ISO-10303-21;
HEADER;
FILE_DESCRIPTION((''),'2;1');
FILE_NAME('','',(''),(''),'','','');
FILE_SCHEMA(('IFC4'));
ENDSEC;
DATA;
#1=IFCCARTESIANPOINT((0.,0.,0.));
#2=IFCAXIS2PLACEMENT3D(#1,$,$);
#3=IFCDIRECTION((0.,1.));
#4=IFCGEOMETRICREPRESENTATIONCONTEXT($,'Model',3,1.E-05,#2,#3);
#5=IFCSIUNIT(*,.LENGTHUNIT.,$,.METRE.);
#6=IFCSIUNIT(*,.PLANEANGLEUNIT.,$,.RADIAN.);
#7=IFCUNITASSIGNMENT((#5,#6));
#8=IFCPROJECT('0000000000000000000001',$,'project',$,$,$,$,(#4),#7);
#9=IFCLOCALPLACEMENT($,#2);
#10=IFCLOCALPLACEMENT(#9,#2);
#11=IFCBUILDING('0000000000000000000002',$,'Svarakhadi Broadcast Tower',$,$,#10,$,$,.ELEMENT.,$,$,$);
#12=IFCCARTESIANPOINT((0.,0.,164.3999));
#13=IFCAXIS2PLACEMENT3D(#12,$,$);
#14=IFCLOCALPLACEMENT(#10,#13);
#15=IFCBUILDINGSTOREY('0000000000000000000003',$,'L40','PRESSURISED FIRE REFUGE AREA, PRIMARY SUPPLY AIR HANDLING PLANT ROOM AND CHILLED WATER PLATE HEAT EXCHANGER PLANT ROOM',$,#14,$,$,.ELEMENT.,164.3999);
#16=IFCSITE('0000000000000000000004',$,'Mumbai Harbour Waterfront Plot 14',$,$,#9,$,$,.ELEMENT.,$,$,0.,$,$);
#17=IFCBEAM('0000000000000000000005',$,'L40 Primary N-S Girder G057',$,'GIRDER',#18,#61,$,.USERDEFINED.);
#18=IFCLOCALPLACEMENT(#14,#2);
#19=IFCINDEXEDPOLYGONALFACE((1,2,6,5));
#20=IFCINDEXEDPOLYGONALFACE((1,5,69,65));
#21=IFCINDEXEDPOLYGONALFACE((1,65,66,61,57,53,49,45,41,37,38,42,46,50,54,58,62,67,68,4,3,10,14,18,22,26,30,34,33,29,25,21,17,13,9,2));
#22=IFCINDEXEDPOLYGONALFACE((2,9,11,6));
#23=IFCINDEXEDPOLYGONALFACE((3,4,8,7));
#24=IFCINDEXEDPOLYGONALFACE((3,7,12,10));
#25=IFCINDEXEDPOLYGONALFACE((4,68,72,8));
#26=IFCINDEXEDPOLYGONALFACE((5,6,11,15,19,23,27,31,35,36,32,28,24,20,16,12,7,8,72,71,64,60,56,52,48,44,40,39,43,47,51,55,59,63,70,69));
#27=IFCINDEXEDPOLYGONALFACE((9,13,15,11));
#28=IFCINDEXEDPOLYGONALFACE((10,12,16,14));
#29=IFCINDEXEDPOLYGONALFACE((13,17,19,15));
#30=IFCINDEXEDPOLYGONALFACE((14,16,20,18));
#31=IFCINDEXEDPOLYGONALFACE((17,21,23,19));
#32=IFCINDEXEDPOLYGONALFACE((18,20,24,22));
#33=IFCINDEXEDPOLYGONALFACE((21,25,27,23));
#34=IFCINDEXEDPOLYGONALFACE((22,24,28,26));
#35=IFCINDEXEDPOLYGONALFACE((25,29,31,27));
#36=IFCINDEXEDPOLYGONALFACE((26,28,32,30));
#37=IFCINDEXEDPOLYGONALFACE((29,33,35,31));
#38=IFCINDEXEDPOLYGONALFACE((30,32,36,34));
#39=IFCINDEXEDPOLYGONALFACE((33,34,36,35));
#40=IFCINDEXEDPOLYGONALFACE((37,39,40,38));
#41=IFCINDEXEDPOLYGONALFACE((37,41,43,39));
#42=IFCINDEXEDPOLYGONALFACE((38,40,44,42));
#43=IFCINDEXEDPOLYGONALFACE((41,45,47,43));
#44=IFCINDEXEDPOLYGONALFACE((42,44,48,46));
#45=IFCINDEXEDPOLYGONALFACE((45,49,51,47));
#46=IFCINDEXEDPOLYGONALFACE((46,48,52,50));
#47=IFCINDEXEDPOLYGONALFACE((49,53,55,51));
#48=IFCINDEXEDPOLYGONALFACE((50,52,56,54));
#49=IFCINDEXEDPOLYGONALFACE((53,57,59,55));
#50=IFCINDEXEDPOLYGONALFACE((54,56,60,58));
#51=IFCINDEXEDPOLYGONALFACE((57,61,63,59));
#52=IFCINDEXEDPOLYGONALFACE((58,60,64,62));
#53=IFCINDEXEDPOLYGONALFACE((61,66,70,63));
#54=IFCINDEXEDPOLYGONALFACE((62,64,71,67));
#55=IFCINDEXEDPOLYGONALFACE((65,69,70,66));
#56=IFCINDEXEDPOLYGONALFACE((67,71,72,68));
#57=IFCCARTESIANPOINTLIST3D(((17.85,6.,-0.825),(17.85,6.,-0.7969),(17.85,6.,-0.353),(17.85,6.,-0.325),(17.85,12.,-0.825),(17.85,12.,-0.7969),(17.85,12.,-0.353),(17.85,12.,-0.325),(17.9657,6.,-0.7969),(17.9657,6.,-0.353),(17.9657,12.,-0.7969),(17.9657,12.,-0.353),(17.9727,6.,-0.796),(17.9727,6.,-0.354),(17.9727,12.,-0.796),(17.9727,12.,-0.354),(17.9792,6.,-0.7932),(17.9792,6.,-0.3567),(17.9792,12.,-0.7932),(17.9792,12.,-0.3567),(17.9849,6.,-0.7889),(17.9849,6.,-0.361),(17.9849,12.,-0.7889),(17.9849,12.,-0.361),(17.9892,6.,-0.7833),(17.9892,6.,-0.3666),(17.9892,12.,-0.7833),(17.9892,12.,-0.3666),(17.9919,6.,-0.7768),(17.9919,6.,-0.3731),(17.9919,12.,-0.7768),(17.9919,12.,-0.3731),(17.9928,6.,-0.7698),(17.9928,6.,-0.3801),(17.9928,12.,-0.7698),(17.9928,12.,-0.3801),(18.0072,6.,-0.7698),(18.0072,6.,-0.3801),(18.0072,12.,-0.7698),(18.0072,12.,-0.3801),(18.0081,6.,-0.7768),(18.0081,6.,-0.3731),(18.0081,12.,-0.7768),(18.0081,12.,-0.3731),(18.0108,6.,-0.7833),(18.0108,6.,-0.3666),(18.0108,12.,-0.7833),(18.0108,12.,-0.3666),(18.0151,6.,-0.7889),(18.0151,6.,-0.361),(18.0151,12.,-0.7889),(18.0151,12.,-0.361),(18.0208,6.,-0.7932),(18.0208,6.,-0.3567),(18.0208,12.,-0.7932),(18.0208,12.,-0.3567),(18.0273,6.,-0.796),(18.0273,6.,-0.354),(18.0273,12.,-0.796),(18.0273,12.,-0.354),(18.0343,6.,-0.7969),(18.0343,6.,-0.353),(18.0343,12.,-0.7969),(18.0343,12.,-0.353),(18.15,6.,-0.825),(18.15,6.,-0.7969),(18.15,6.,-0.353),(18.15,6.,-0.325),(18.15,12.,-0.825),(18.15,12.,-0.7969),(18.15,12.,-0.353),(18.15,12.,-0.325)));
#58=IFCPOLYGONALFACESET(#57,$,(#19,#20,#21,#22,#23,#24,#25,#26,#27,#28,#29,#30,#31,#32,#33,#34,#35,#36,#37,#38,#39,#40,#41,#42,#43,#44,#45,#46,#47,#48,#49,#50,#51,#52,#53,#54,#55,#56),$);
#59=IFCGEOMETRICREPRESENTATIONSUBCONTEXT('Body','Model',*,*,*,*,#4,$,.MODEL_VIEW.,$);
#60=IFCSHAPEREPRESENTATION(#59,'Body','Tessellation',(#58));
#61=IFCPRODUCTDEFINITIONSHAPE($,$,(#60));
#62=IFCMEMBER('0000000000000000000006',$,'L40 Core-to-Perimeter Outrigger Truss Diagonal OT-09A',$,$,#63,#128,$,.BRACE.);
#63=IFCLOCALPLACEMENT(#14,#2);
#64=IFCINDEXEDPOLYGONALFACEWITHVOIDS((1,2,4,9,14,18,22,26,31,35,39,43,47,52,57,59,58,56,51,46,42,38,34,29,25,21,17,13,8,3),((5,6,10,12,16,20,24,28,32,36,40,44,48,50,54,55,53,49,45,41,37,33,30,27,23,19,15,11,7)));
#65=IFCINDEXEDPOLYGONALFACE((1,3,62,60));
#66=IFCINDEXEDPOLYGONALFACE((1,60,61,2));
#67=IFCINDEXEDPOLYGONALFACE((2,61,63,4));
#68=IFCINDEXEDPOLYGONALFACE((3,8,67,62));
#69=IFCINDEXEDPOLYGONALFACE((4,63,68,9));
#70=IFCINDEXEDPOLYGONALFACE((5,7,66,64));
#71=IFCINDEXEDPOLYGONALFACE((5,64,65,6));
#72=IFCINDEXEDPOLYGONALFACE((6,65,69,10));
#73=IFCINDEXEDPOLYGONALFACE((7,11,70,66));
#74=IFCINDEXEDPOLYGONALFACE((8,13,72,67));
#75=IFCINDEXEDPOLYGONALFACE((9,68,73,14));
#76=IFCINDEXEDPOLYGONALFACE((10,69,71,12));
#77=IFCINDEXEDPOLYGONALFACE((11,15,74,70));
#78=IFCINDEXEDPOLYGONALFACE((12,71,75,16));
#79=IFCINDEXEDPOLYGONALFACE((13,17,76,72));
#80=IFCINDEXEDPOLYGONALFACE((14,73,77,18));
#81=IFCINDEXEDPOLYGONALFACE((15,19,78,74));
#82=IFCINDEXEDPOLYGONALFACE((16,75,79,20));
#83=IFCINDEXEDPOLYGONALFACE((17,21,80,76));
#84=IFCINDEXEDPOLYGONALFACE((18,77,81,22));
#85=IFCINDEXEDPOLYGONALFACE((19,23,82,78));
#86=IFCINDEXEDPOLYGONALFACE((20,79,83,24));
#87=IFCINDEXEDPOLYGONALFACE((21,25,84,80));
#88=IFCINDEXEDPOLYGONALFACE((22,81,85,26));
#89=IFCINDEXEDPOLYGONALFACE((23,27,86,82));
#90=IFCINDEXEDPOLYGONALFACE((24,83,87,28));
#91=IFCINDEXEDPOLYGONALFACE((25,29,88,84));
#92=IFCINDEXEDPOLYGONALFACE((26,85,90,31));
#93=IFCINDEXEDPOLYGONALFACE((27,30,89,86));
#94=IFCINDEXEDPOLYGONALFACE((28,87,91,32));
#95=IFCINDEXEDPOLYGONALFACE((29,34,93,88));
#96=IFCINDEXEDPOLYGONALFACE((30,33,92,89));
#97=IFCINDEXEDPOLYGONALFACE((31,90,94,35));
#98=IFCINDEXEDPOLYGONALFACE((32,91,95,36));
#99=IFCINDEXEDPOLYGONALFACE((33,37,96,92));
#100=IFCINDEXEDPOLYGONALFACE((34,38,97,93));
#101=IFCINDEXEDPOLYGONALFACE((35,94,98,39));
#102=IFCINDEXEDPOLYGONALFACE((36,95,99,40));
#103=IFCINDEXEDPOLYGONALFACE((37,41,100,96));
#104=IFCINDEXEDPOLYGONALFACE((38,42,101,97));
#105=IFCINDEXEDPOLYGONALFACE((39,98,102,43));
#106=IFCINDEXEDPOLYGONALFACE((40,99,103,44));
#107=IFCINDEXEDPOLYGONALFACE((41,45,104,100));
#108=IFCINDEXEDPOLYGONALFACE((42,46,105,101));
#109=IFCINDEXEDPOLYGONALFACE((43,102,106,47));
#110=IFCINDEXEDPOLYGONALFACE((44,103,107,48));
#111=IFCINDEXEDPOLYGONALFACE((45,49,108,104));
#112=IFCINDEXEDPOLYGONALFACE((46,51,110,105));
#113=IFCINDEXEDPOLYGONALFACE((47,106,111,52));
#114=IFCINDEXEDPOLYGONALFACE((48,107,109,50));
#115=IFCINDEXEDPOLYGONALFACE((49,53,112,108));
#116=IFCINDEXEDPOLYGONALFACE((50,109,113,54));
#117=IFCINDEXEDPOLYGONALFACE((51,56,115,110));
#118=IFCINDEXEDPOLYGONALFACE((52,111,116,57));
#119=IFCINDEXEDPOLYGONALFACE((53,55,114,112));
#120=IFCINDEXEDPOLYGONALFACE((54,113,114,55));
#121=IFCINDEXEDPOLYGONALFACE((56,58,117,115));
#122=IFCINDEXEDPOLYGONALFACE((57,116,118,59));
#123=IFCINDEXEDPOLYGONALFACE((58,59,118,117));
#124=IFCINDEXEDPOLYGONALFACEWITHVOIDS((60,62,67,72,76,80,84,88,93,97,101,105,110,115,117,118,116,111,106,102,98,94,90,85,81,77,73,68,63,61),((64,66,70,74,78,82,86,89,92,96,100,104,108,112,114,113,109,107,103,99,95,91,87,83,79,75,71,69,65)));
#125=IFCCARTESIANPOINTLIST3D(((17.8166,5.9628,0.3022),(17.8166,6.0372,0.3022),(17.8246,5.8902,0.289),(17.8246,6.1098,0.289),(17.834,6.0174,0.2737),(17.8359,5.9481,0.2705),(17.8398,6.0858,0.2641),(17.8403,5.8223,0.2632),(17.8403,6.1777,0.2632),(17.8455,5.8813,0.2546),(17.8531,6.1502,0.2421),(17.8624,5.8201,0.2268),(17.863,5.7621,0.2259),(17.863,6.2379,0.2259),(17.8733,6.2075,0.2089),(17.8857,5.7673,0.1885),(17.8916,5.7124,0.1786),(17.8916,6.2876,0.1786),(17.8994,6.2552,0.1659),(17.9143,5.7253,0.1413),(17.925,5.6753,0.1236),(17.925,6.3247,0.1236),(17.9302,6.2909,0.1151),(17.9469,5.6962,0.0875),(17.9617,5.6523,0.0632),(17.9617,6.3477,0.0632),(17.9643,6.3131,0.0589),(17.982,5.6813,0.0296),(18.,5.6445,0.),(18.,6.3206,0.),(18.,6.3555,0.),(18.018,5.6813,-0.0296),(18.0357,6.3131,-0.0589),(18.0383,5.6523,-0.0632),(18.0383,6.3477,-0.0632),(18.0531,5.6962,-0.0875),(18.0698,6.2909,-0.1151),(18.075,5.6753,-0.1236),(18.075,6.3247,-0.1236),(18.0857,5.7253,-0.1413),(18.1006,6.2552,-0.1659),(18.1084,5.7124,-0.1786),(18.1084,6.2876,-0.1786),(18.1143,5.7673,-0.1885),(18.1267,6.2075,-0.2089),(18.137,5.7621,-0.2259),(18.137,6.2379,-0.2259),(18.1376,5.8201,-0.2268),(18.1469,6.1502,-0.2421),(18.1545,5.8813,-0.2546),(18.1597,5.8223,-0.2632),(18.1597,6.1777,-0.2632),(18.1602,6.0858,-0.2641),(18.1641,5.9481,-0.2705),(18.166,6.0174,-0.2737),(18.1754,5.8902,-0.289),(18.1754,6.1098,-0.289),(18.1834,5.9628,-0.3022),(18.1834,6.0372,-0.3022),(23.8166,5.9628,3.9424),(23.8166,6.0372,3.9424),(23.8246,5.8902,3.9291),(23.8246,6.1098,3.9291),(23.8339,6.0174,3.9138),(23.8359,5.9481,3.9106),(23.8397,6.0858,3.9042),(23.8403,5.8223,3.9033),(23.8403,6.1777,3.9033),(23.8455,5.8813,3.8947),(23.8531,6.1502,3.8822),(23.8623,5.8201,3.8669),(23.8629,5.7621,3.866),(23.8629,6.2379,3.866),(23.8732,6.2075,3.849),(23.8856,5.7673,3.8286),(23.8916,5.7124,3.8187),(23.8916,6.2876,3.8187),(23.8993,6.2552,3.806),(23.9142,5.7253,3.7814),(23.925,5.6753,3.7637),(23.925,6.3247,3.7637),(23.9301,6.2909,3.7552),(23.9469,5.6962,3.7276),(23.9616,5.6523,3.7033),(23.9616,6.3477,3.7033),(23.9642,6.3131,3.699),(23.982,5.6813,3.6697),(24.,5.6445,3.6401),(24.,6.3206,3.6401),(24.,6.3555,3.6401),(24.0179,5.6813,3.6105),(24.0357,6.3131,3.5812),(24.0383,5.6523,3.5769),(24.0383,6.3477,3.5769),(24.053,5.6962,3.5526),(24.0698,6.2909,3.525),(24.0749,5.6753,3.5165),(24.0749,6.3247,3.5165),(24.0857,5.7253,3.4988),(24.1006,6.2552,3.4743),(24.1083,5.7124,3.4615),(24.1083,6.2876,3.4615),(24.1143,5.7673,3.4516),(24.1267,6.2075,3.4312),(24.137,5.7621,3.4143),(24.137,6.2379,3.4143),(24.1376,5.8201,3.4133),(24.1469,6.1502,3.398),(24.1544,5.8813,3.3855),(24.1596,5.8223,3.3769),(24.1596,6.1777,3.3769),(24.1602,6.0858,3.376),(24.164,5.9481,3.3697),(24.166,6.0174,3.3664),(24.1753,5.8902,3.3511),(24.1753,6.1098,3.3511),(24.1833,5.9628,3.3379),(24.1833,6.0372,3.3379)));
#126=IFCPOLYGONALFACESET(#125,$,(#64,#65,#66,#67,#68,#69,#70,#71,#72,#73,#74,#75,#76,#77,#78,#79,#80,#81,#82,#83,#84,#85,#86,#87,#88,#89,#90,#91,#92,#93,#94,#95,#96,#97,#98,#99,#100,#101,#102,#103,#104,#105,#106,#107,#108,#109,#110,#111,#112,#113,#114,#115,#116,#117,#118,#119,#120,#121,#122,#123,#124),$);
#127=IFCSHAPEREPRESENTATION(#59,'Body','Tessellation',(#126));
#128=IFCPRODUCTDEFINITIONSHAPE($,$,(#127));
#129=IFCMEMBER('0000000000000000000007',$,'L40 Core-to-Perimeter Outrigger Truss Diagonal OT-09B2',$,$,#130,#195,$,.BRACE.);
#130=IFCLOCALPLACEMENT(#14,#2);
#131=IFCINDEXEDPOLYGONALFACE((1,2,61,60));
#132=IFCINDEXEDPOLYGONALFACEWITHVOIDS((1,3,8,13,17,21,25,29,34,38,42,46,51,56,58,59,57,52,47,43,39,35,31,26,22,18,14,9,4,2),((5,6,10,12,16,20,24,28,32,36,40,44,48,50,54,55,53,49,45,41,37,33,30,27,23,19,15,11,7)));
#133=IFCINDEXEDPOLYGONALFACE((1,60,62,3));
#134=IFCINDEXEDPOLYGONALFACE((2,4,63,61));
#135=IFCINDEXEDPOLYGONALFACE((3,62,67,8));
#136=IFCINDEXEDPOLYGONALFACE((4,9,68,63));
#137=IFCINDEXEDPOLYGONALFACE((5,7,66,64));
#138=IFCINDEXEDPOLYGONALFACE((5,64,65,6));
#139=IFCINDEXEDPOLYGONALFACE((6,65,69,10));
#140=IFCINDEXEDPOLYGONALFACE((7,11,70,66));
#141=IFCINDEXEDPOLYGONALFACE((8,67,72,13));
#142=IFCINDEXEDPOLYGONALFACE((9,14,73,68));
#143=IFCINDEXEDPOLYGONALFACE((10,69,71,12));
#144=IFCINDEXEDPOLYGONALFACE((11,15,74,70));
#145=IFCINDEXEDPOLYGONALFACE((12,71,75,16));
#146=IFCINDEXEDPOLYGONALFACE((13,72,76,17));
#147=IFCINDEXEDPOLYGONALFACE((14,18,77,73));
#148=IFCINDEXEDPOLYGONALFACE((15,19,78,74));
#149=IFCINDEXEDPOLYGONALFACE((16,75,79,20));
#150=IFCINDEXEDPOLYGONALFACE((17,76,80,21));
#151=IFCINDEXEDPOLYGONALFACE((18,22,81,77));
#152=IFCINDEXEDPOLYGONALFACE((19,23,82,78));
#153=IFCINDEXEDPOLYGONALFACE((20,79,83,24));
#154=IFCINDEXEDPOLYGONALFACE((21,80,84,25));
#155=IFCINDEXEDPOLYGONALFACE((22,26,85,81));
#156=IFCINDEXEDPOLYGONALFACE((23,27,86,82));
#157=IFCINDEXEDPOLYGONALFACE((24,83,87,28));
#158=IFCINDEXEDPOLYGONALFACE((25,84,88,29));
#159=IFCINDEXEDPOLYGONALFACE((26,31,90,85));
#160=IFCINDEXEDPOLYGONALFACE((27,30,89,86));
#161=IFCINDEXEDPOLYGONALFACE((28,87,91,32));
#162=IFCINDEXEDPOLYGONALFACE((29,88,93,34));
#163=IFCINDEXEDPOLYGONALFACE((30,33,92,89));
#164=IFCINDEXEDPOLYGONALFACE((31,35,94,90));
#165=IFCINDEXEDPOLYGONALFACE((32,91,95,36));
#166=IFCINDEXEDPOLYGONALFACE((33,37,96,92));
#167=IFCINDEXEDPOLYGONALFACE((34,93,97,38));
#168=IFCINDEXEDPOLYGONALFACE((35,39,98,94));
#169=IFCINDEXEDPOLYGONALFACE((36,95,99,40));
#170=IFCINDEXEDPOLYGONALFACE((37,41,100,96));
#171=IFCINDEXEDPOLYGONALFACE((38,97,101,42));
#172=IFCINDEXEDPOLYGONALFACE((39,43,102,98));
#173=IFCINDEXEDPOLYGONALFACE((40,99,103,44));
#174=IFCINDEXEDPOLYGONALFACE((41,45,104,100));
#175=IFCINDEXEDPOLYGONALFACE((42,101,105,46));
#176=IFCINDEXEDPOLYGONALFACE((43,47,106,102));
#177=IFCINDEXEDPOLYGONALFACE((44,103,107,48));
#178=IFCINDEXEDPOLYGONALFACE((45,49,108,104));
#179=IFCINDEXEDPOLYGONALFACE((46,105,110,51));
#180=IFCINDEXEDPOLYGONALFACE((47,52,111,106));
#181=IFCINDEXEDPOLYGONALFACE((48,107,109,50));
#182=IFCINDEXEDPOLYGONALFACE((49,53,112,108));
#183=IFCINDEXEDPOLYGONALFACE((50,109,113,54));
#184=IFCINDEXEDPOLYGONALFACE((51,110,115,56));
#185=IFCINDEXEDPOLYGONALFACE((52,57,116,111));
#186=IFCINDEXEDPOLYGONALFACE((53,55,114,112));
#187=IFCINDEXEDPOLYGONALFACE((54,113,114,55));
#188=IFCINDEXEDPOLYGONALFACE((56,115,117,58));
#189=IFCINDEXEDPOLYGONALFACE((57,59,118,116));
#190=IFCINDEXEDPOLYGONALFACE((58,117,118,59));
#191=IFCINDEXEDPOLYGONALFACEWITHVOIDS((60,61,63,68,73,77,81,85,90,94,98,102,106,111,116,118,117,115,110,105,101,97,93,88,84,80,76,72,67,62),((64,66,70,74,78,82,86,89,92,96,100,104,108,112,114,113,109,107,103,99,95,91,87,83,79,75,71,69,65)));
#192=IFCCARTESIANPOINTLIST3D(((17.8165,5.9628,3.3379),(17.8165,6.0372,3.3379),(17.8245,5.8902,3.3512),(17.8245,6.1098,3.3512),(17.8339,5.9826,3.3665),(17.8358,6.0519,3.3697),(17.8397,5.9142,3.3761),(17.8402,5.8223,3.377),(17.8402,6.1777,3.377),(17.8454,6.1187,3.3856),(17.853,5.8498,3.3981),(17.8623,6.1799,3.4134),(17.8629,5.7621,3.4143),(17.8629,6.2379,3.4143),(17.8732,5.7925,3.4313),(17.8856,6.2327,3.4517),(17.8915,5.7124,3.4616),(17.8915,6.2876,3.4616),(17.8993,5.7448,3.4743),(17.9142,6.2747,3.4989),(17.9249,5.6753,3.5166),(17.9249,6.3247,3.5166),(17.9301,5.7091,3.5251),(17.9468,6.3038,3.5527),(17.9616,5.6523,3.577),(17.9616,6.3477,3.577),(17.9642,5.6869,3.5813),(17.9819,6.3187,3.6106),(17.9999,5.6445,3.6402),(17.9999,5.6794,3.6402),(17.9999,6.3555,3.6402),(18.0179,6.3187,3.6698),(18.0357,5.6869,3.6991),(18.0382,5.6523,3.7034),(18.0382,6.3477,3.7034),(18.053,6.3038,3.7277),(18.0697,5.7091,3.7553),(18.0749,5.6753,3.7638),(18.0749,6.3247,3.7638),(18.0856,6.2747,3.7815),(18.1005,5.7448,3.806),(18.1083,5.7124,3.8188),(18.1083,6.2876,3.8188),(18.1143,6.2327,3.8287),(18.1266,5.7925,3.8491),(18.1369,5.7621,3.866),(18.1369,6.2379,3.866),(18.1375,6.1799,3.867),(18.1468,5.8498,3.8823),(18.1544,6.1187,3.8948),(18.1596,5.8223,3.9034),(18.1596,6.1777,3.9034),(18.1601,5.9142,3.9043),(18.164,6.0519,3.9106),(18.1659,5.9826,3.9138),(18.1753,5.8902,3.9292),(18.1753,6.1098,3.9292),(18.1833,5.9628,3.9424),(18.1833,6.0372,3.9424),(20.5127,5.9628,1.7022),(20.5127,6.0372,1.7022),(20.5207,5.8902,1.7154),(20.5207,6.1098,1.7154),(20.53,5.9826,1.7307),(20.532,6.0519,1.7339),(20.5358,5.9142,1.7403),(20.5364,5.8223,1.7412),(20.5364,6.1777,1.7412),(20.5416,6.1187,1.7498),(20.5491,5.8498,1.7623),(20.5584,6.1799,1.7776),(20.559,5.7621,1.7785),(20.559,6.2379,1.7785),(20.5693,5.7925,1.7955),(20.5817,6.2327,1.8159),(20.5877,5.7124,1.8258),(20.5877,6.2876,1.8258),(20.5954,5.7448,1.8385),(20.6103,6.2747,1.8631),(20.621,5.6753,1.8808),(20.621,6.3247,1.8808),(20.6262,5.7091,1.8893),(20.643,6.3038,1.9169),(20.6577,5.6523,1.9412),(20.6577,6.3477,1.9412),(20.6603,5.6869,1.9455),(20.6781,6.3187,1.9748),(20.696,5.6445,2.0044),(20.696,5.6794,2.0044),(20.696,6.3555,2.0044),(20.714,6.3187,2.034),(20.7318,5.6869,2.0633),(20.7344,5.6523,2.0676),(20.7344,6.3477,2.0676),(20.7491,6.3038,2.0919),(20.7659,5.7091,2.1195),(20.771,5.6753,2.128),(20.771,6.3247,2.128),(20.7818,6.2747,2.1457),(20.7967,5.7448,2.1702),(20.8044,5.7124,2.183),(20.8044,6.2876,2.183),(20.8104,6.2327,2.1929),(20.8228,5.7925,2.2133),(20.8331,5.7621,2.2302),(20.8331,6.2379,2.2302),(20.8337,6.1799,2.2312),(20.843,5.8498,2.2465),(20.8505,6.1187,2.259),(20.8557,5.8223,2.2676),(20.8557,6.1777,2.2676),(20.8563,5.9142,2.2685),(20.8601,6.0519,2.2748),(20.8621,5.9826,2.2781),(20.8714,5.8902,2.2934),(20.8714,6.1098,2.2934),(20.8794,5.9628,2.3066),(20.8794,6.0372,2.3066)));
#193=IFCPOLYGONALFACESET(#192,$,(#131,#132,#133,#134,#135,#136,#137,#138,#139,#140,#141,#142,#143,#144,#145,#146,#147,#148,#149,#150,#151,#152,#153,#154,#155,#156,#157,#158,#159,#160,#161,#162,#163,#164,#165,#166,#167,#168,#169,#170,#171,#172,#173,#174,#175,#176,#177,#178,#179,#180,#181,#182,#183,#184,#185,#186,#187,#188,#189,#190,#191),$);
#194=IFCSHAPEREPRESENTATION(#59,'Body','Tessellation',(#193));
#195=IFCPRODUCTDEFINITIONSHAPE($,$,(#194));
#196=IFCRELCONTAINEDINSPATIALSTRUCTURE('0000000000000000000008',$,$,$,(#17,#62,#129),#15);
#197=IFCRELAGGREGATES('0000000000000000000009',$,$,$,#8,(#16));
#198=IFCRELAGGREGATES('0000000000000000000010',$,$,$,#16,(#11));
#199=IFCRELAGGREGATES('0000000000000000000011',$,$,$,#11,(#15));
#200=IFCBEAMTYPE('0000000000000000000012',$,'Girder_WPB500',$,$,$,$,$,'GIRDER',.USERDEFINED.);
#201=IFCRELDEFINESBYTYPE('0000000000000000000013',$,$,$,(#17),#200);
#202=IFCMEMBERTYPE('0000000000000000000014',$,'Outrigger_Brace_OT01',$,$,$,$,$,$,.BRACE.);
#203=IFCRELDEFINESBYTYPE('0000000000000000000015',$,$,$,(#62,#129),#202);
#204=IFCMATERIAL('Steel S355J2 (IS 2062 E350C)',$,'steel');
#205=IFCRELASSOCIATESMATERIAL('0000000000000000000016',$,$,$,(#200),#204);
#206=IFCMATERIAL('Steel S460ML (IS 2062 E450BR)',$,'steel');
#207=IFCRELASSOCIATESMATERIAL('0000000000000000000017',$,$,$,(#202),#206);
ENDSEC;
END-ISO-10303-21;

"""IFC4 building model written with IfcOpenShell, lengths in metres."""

from ifc_helpers import new_model, si_unit, direction, frame, origin, origin_2d, place, context, subcontext, project, spatial, hollow_circle, i_section, extrude, material, material_profile, profile_set, type_object, element, save


model = new_model("IFC4")

# Units and contexts
model_context = context("Model", 3, precision=1e-05, world=origin(), true_north=direction((0.0, 1.0)))
body_context = subcontext(model_context, "Body", "Model", "MODEL_VIEW")
ifc_project = project(units=[si_unit("LENGTHUNIT", "METRE"), si_unit("PLANEANGLEUNIT", "RADIAN")], contexts=[model_context])

# Site, building, storey
site_placement = place(None, origin())
site = spatial("IfcSite", under=ifc_project, at=site_placement, Name="Mumbai Harbour Waterfront Plot 14", CompositionType="ELEMENT", RefElevation=0.0)
building_placement = place(site_placement, origin())
building = spatial("IfcBuilding", under=site, at=building_placement, Name="Svarakhadi Broadcast Tower", CompositionType="ELEMENT")
storey_placement = place(building_placement, frame((0.0, 0.0, 164.3999)))
storey = spatial("IfcBuildingStorey", under=building, at=storey_placement, Name="L40", Description="PRESSURISED FIRE REFUGE AREA, PRIMARY SUPPLY AIR HANDLING PLANT ROOM AND CHILLED WATER PLATE HEAT EXCHANGER PLANT ROOM", CompositionType="ELEMENT", Elevation=164.3999)

# Shared definitions
ifc_material_1 = material(Name="Steel S460ML (IS 2062 E450BR)", Category="steel")

# Shared definitions
ifc_material_2 = material(Name="Steel S355J2 (IS 2062 E350C)", Category="steel")

# Beam
ifc_material_profile_1 = material_profile(ifc_material_2, i_section(OverallWidth=0.3, OverallDepth=0.5, WebThickness=0.0144, FlangeThickness=0.0281, FilletRadius=0.0271, at=origin_2d()), Name="WPB 500x300x187")
ifc_profile_set_1 = profile_set([ifc_material_profile_1], Name="Steel S355J2 (IS 2062 E350C)")
beam_type_1 = type_object("IfcBeamType", Name="Girder_WPB500", ElementType="GIRDER", PredefinedType="USERDEFINED", material=ifc_profile_set_1)
beam_1_placement = place(storey_placement, frame((18.0, 6.0, -0.575), z_axis=(0.0, 1.0, 0.0), x_axis=(-1.0, 0.0, 0.0)))
element("IfcBeam", 1, at=beam_1_placement, inside=storey, type_object=beam_type_1, Name="L40 Primary N-S Girder G057", ObjectType="GIRDER", PredefinedType="USERDEFINED", context=body_context, shape_type="SweptSolid", body=[
    extrude(i_section(OverallWidth=0.3, OverallDepth=0.5, WebThickness=0.0144, FlangeThickness=0.0281, FilletRadius=0.0271, at=origin_2d()), origin(), (0.0, 0.0, 1.0), 6.0),
])

# Members
ifc_material_profile_2 = material_profile(ifc_material_1, hollow_circle(Radius=0.3555, WallThickness=0.0349, at=origin_2d()), Name="CHS 711x35")
ifc_profile_set_2 = profile_set([ifc_material_profile_2], Name="Steel S460ML (IS 2062 E450BR)")
member_type_1 = type_object("IfcMemberType", Name="Outrigger_Brace_OT01", PredefinedType="BRACE", material=ifc_profile_set_2)
member_1_placement = place(storey_placement, frame((18.0, 6.0, 0.0), z_axis=(0.854959, 0.0, 0.518695), x_axis=(0.0, 1.0, 0.0)))
element("IfcMember", 2, at=member_1_placement, inside=storey, type_object=member_type_1, Name="L40 Core-to-Perimeter Outrigger Truss Diagonal OT-09A", PredefinedType="BRACE", context=body_context, shape_type="SweptSolid", body=[
    extrude(hollow_circle(Radius=0.3555, WallThickness=0.0349, at=origin_2d()), origin(), (0.0, 0.0, 1.0), 7.0178),
])
member_2_placement = place(storey_placement, frame((20.696, 6.0, 2.0044), z_axis=(-0.854948, 0.0, 0.518713), x_axis=(0.0, -1.0, 0.0)))
element("IfcMember", 3, at=member_2_placement, inside=storey, type_object=member_type_1, Name="L40 Core-to-Perimeter Outrigger Truss Diagonal OT-09B2", PredefinedType="BRACE", context=body_context, shape_type="SweptSolid", body=[
    extrude(hollow_circle(Radius=0.3555, WallThickness=0.0349, at=origin_2d()), origin(), (0.0, 0.0, 1.0), 3.1536),
])

save(model, "model.ifc")
